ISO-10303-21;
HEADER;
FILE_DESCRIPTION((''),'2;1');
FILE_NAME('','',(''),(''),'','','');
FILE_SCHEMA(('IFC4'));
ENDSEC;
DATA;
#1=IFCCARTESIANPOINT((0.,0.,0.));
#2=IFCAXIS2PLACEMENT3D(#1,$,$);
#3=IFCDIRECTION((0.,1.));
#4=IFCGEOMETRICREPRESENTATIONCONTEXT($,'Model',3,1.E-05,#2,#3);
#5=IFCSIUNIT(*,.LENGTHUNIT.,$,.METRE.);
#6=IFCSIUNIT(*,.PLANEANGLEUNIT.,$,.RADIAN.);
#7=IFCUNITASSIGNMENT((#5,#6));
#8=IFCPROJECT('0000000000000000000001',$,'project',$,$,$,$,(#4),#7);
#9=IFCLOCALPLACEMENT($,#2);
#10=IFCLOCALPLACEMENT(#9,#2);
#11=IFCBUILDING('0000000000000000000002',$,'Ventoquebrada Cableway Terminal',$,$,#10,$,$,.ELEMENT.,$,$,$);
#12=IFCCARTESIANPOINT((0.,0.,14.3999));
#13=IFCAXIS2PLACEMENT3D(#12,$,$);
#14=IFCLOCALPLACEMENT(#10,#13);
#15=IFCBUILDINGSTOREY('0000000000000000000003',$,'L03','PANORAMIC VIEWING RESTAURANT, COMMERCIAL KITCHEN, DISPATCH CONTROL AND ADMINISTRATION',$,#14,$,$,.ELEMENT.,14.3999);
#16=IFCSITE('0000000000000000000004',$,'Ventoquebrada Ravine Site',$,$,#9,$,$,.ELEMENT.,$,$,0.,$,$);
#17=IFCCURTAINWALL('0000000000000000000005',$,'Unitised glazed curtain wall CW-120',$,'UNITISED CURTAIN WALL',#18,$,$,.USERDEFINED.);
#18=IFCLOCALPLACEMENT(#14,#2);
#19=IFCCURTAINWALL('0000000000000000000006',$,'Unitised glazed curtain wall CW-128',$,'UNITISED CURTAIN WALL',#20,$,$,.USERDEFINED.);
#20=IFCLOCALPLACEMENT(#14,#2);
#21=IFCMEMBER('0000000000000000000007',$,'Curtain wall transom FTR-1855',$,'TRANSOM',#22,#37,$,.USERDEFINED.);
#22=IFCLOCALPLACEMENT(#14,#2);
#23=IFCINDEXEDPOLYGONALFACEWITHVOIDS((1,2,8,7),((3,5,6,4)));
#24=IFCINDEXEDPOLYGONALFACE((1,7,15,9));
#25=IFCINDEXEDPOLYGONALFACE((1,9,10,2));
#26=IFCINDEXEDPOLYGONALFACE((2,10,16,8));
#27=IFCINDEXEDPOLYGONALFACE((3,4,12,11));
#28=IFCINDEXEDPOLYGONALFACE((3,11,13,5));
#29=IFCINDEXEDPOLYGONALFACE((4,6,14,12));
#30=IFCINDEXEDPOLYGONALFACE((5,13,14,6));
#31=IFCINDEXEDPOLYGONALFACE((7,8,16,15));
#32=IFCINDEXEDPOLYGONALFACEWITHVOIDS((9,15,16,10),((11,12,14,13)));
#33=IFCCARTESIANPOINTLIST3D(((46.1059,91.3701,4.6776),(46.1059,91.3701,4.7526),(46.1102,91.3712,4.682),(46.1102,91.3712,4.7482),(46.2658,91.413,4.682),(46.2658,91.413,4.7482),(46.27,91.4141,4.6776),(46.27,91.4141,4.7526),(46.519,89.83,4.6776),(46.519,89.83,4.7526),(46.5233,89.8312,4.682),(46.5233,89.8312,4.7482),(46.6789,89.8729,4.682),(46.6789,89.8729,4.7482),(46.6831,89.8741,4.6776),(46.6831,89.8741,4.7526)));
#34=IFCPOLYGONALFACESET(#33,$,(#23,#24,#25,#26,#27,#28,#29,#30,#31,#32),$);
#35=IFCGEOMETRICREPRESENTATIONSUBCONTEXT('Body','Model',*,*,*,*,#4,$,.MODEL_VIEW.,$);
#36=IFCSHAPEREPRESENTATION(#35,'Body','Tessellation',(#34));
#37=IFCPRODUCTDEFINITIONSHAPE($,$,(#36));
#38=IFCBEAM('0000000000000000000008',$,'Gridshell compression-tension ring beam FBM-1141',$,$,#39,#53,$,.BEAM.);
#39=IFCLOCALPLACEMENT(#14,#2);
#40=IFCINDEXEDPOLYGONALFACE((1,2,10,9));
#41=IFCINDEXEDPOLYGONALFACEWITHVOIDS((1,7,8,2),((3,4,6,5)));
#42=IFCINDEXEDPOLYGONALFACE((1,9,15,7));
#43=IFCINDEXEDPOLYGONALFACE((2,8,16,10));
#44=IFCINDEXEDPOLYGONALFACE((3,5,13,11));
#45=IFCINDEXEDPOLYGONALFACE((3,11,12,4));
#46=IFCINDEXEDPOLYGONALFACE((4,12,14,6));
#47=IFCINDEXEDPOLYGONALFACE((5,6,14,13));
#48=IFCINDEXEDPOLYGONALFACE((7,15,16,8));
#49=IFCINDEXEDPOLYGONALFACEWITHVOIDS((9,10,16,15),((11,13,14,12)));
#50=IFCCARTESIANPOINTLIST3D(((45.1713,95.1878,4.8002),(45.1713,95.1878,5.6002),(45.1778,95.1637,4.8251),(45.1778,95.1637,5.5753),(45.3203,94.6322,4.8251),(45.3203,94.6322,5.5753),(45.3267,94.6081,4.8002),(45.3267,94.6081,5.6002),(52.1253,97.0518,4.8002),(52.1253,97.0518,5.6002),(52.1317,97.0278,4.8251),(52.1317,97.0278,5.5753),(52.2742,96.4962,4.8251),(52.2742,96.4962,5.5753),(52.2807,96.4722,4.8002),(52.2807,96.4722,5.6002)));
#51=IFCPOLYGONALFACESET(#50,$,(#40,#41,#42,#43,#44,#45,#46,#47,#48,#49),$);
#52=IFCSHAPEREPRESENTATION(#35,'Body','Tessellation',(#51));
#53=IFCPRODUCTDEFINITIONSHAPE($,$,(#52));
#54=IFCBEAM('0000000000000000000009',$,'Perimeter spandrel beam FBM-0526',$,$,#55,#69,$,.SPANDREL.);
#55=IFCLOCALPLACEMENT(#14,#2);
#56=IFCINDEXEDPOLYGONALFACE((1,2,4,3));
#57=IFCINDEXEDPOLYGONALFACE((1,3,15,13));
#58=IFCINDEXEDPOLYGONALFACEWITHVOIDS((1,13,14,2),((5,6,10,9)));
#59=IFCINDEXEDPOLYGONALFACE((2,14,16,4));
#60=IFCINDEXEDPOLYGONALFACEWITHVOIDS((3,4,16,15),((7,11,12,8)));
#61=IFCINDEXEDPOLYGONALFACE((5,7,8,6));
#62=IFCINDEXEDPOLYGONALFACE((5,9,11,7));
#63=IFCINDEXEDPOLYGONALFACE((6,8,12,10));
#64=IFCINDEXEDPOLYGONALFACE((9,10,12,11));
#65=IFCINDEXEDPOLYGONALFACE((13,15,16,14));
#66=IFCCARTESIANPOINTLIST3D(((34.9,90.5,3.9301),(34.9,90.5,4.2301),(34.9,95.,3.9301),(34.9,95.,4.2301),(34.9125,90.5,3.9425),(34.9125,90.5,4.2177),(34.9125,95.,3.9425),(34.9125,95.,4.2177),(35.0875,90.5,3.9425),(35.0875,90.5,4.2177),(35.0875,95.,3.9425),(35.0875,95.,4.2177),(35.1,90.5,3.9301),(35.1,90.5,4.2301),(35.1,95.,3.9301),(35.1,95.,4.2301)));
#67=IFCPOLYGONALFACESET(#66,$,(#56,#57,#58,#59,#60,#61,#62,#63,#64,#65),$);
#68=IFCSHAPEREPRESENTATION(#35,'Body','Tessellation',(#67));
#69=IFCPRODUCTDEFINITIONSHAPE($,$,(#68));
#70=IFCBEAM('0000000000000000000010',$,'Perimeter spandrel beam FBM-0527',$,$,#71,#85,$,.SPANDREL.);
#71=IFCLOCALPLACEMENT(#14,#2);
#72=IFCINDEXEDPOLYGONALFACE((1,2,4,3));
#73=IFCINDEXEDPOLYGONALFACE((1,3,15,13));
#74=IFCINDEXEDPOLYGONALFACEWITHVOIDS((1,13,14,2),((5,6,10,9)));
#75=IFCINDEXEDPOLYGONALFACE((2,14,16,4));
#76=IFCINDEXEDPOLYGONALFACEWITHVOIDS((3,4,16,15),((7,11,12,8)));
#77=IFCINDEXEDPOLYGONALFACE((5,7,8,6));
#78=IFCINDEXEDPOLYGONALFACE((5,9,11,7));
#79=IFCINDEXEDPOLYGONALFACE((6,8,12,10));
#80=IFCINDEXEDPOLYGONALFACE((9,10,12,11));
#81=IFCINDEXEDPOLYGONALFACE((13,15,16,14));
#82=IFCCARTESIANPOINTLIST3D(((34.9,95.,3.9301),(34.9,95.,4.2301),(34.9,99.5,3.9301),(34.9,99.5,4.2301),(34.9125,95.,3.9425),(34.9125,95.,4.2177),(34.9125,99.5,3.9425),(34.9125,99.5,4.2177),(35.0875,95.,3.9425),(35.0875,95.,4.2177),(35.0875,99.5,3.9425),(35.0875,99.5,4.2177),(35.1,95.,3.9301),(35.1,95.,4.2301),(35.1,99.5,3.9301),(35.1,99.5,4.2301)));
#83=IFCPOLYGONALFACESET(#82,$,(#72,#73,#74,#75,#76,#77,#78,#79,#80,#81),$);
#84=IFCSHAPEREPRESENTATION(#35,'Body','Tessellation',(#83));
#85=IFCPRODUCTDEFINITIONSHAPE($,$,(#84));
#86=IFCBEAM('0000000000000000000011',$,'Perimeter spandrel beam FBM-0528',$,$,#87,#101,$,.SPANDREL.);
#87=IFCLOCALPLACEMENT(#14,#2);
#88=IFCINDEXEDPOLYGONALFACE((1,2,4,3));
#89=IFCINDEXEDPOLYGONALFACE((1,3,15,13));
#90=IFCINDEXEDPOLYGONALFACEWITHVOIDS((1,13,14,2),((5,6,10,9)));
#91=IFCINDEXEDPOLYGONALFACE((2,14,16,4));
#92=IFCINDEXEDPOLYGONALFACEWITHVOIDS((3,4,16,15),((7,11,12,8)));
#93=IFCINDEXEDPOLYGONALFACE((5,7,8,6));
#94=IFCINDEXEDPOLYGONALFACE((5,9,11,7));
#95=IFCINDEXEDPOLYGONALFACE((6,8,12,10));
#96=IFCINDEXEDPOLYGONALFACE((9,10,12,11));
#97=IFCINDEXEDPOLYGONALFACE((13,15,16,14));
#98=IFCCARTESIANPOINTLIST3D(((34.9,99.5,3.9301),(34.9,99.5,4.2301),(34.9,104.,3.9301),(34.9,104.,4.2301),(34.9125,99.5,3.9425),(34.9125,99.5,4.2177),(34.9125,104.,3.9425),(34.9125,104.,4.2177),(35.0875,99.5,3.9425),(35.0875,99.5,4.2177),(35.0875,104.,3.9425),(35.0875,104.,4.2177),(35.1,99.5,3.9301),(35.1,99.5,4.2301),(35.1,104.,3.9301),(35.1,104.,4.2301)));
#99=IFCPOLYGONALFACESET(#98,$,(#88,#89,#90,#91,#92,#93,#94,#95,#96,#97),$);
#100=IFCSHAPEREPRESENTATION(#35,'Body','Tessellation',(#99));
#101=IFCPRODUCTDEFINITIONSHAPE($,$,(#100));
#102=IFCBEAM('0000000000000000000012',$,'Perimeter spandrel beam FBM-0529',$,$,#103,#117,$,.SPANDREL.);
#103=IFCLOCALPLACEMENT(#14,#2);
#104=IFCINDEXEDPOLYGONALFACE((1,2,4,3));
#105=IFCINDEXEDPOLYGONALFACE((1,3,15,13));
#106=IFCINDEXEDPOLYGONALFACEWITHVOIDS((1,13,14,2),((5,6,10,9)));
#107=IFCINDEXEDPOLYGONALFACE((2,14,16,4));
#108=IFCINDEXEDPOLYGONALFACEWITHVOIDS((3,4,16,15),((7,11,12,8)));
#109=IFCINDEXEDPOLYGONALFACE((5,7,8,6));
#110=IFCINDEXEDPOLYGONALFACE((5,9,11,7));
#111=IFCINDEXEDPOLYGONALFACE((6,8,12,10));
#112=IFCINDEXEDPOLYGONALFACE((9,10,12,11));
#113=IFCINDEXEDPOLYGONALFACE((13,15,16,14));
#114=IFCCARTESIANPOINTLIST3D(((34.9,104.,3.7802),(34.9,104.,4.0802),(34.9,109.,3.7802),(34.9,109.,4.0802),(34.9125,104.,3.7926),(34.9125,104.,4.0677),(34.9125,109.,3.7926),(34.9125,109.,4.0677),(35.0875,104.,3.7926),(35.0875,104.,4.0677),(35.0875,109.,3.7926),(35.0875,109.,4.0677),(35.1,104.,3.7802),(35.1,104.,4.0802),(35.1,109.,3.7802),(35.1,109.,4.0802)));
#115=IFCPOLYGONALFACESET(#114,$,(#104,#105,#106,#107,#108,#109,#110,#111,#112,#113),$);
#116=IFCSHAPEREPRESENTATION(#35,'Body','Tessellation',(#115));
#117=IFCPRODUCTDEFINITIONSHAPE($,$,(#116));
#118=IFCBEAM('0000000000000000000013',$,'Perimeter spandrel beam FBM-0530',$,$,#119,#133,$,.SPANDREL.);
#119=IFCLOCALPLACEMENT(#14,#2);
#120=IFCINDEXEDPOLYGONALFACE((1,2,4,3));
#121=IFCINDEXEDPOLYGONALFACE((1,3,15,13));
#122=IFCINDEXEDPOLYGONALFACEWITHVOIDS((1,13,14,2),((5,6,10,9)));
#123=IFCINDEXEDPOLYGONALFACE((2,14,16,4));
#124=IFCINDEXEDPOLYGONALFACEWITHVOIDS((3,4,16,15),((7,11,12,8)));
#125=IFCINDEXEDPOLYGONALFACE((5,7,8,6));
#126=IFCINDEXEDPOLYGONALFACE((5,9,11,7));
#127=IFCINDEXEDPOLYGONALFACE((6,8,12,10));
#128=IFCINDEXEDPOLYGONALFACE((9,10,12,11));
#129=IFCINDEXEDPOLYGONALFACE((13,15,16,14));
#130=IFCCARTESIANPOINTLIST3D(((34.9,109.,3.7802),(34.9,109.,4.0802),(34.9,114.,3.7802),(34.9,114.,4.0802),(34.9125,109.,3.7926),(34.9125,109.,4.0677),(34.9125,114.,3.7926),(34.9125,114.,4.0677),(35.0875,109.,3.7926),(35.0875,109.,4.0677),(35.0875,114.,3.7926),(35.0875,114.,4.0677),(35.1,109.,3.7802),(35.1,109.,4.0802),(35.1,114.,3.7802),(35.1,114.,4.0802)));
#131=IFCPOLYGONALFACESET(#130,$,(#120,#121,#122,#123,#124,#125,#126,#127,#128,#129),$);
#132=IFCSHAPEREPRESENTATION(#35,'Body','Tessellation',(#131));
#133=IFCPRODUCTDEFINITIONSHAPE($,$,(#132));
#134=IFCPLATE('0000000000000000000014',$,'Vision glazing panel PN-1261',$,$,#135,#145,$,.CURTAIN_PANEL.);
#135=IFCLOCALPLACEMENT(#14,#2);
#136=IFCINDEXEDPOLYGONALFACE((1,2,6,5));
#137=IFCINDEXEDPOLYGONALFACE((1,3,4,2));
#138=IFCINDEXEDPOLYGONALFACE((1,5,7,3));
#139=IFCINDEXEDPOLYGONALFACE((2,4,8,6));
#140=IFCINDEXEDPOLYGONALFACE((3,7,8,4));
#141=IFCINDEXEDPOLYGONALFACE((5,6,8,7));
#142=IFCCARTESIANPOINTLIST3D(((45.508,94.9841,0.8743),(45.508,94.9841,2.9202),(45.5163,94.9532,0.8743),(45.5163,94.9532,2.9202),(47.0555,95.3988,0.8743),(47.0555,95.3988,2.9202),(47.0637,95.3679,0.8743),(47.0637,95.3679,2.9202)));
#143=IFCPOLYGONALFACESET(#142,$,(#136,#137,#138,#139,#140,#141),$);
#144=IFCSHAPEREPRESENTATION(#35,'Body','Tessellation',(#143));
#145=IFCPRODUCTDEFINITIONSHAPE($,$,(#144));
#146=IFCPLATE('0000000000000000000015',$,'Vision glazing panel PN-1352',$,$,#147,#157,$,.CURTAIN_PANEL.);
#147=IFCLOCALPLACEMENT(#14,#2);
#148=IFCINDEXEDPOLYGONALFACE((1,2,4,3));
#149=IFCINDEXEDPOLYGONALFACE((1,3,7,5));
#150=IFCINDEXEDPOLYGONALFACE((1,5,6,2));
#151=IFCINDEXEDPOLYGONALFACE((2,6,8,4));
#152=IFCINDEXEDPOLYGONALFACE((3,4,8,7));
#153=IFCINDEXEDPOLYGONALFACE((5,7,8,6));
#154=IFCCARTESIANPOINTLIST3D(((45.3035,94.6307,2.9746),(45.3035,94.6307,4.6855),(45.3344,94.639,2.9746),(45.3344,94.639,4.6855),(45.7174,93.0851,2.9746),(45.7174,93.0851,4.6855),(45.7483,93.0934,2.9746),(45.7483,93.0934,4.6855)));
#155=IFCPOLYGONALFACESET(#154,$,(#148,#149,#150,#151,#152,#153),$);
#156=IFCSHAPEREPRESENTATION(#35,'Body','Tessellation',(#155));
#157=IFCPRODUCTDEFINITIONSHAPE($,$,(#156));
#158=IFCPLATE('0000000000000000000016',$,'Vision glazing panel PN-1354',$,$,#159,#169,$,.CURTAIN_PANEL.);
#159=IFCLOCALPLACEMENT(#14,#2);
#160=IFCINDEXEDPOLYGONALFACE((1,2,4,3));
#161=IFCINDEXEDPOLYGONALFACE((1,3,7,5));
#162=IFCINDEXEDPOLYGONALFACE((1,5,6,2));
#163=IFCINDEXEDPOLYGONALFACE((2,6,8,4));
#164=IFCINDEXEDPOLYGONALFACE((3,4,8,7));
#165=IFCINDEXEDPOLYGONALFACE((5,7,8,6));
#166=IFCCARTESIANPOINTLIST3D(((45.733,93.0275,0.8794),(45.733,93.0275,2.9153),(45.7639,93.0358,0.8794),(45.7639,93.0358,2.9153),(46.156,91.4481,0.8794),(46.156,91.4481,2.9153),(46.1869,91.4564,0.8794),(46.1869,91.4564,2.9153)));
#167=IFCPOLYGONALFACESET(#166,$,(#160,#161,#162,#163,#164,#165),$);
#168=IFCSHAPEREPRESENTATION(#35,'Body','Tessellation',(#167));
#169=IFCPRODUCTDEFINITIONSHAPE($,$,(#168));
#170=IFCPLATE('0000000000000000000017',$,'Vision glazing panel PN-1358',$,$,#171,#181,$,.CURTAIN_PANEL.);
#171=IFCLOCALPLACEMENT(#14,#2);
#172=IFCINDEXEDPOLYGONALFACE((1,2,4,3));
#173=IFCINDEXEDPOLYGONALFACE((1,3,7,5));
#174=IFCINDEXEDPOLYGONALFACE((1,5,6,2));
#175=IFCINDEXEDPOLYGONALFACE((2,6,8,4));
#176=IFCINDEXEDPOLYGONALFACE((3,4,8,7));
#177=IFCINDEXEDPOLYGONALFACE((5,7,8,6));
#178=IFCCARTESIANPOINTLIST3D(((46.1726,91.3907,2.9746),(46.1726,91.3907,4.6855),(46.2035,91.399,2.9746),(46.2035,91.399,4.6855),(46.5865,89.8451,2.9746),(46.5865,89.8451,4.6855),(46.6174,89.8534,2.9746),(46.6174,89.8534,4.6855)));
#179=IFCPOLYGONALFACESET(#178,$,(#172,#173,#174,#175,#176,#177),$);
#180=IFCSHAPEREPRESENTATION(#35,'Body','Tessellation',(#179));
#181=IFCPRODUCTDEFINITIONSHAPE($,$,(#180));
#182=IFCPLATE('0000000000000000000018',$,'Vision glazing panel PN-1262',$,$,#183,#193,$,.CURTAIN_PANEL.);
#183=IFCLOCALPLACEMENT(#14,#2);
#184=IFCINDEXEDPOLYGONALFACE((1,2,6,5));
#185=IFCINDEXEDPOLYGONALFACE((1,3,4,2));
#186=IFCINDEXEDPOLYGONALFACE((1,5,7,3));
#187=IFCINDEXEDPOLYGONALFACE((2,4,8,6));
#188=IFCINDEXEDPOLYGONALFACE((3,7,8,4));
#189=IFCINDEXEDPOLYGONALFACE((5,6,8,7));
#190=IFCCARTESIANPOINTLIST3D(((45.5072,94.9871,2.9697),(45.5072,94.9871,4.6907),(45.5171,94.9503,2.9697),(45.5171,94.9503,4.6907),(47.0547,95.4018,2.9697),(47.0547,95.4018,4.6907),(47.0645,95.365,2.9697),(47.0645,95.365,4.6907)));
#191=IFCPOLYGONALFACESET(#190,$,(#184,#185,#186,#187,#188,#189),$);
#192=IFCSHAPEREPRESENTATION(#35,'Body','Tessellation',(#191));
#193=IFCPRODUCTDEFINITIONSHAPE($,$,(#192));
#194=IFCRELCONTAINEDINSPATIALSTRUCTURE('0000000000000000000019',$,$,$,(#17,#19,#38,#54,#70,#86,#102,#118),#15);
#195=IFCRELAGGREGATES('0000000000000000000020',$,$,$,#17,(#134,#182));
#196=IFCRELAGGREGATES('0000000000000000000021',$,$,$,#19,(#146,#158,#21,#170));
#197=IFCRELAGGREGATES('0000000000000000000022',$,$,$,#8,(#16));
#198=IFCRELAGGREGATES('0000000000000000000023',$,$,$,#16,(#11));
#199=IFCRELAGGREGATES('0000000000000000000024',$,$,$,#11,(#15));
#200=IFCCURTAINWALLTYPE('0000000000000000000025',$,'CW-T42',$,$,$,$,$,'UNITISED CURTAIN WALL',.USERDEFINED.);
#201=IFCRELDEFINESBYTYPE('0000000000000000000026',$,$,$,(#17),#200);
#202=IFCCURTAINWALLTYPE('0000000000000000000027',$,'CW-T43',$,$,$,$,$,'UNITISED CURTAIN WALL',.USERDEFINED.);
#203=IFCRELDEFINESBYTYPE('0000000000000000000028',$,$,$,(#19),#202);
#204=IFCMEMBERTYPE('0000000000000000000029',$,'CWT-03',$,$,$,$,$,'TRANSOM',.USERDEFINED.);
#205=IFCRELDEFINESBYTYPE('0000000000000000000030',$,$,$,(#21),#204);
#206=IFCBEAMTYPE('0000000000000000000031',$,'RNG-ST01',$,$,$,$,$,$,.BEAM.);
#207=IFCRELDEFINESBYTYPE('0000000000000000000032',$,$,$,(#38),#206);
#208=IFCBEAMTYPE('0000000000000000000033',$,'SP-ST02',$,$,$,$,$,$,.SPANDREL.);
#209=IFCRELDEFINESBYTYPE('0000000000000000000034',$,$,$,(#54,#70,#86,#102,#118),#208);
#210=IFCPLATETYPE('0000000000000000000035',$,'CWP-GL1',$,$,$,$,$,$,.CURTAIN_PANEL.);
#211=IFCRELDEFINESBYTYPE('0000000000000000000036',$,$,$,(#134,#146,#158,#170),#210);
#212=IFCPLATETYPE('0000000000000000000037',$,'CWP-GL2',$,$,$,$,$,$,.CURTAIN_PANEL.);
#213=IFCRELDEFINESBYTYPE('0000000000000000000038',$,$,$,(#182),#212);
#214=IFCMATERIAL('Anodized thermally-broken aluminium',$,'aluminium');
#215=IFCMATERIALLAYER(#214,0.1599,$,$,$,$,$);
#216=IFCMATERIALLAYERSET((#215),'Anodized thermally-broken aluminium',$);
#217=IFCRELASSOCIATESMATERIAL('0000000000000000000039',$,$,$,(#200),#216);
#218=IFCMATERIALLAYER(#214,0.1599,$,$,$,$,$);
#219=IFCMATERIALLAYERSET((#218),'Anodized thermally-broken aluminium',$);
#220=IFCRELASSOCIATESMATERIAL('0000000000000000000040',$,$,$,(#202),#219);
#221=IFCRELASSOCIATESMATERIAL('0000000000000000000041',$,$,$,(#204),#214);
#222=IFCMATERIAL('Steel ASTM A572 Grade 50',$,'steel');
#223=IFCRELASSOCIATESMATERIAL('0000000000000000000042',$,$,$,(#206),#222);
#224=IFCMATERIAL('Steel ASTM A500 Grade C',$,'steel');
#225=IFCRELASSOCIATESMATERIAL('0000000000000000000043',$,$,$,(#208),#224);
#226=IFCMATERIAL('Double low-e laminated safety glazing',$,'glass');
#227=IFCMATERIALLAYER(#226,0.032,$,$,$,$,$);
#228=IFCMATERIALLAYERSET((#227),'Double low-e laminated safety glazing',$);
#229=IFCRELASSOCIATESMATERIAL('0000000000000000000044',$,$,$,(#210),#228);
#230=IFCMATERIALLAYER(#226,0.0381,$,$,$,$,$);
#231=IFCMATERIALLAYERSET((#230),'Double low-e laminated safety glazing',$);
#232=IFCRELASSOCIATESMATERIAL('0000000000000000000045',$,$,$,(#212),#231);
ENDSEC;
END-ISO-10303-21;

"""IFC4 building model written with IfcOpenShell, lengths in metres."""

from ifc_helpers import new_model, si_unit, direction, frame, origin, origin_2d, place, context, subcontext, project, spatial, rectangle, hollow_rectangle, extrude, material, layer, layer_set, material_profile, profile_set, type_object, element, aggregate, save


model = new_model("IFC4")

# Units and contexts
model_context = context("Model", 3, precision=1e-05, world=origin(), true_north=direction((0.0, 1.0)))
body_context = subcontext(model_context, "Body", "Model", "MODEL_VIEW")
ifc_project = project(units=[si_unit("LENGTHUNIT", "METRE"), si_unit("PLANEANGLEUNIT", "RADIAN")], contexts=[model_context])

# Site, building, storey
site_placement = place(None, origin())
site = spatial("IfcSite", under=ifc_project, at=site_placement, Name="Ventoquebrada Ravine Site", CompositionType="ELEMENT", RefElevation=0.0)
building_placement = place(site_placement, origin())
building = spatial("IfcBuilding", under=site, at=building_placement, Name="Ventoquebrada Cableway Terminal", CompositionType="ELEMENT")
storey_placement = place(building_placement, frame((0.0, 0.0, 14.3999)))
storey = spatial("IfcBuildingStorey", under=building, at=storey_placement, Name="L03", Description="PANORAMIC VIEWING RESTAURANT, COMMERCIAL KITCHEN, DISPATCH CONTROL AND ADMINISTRATION", CompositionType="ELEMENT", Elevation=14.3999)

# Shared definitions
ifc_material_1 = material(Name="Steel ASTM A500 Grade C", Category="steel")

# Curtain wall
ifc_material_2 = material(Name="Anodized thermally-broken aluminium", Category="aluminium")
ifc_layer_1 = layer(ifc_material_2, 0.1599)
ifc_layer_set_1 = layer_set([ifc_layer_1], Name="Anodized thermally-broken aluminium")
curtain_wall_type_1 = type_object("IfcCurtainWallType", Name="CW-T42", ElementType="UNITISED CURTAIN WALL", PredefinedType="USERDEFINED", material=ifc_layer_set_1)
curtain_wall_1_placement = place(storey_placement, origin())
curtain_wall_1 = element("IfcCurtainWall", 1, at=curtain_wall_1_placement, inside=storey, type_object=curtain_wall_type_1, Name="Unitised glazed curtain wall CW-120", ObjectType="UNITISED CURTAIN WALL", PredefinedType="USERDEFINED")

# Curtain wall, member
ifc_layer_2 = layer(ifc_material_2, 0.1599)
ifc_layer_set_2 = layer_set([ifc_layer_2], Name="Anodized thermally-broken aluminium")
curtain_wall_type_2 = type_object("IfcCurtainWallType", Name="CW-T43", ElementType="UNITISED CURTAIN WALL", PredefinedType="USERDEFINED", material=ifc_layer_set_2)
curtain_wall_2_placement = place(storey_placement, origin())
curtain_wall_2 = element("IfcCurtainWall", 2, at=curtain_wall_2_placement, inside=storey, type_object=curtain_wall_type_2, Name="Unitised glazed curtain wall CW-128", ObjectType="UNITISED CURTAIN WALL", PredefinedType="USERDEFINED")
ifc_material_profile_1 = material_profile(ifc_material_2, hollow_rectangle(XDim=0.075, YDim=0.1699, WallThickness=0.0044, at=origin_2d()), Name="CW-TRN-75X170")
ifc_profile_set_1 = profile_set([ifc_material_profile_1], Name="Anodized thermally-broken aluminium")
member_type_1 = type_object("IfcMemberType", Name="CWT-03", ElementType="TRANSOM", PredefinedType="USERDEFINED", material=ifc_profile_set_1)
member_1_placement = place(storey_placement, frame((46.188, 91.3921, 4.7151), z_axis=(0.259073, -0.965858, 0.0), x_axis=(0.0, 0.0, 1.0)))
member_1 = element("IfcMember", 3, at=member_1_placement, type_object=member_type_1, Name="Curtain wall transom FTR-1855", ObjectType="TRANSOM", PredefinedType="USERDEFINED", context=body_context, shape_type="SweptSolid", body=[
    extrude(hollow_rectangle(XDim=0.075, YDim=0.1699, WallThickness=0.0044, at=origin_2d()), origin(), (0.0, 0.0, 1.0), 1.5945),
])

# Beams
ifc_material_3 = material(Name="Steel ASTM A572 Grade 50", Category="steel")
ifc_material_profile_2 = material_profile(ifc_material_3, hollow_rectangle(XDim=0.6001, YDim=0.8, WallThickness=0.0249, at=origin_2d()), Name="BOX600X800X25")
ifc_profile_set_2 = profile_set([ifc_material_profile_2], Name="Steel ASTM A572 Grade 50")
beam_type_1 = type_object("IfcBeamType", Name="RNG-ST01", PredefinedType="BEAM", material=ifc_profile_set_2)
beam_placement = place(storey_placement, frame((45.249, 94.8979, 5.2002), z_axis=(0.9659, 0.258914, 0.0), x_axis=(-0.258914, 0.9659, 0.0)))
element("IfcBeam", 4, at=beam_placement, inside=storey, type_object=beam_type_1, Name="Gridshell compression-tension ring beam FBM-1141", PredefinedType="BEAM", context=body_context, shape_type="SweptSolid", body=[
    extrude(hollow_rectangle(XDim=0.6001, YDim=0.8, WallThickness=0.0249, at=origin_2d()), origin(), (0.0, 0.0, 1.0), 7.1995),
])
ifc_material_profile_3 = material_profile(ifc_material_1, hollow_rectangle(XDim=0.2, YDim=0.3, WallThickness=0.0125, at=origin_2d()), Name="RHS300X200X12.5")
ifc_profile_set_3 = profile_set([ifc_material_profile_3], Name="Steel ASTM A500 Grade C")
beam_type_2 = type_object("IfcBeamType", Name="SP-ST02", PredefinedType="SPANDREL", material=ifc_profile_set_3)
for number, where, z_axis, x_axis, name in (
    (5, (35.0, 90.5, 4.0801), (0.0, 1.0, 0.0), (-1.0, 0.0, 0.0), "Perimeter spandrel beam FBM-0526"),
    (6, (35.0, 95.0, 4.0801), (0.0, 1.0, 0.0), (-1.0, 0.0, 0.0), "Perimeter spandrel beam FBM-0527"),
    (7, (35.0, 99.5, 4.0801), (0.0, 1.0, 0.0), (-1.0, 0.0, 0.0), "Perimeter spandrel beam FBM-0528"),
):
    element("IfcBeam", number, at=place(storey_placement, frame(where, z_axis=z_axis, x_axis=x_axis)), inside=storey, type_object=beam_type_2, Name=name, PredefinedType="SPANDREL", context=body_context, shape_type="SweptSolid", body=[
        extrude(hollow_rectangle(XDim=0.2, YDim=0.3, WallThickness=0.0125, at=origin_2d()), origin(), (0.0, 0.0, 1.0), 4.5),
    ])
for number, where, z_axis, x_axis, name in (
    (8, (35.0, 104.0, 3.9302), (0.0, 1.0, 0.0), (-1.0, 0.0, 0.0), "Perimeter spandrel beam FBM-0529"),
    (9, (35.0, 109.0, 3.9302), (0.0, 1.0, 0.0), (-1.0, 0.0, 0.0), "Perimeter spandrel beam FBM-0530"),
):
    element("IfcBeam", number, at=place(storey_placement, frame(where, z_axis=z_axis, x_axis=x_axis)), inside=storey, type_object=beam_type_2, Name=name, PredefinedType="SPANDREL", context=body_context, shape_type="SweptSolid", body=[
        extrude(hollow_rectangle(XDim=0.2, YDim=0.3, WallThickness=0.0125, at=origin_2d()), origin(), (0.0, 0.0, 1.0), 5.0),
    ])

# Plates
ifc_material_4 = material(Name="Double low-e laminated safety glazing", Category="glass")
ifc_layer_3 = layer(ifc_material_4, 0.032)
ifc_layer_set_3 = layer_set([ifc_layer_3], Name="Double low-e laminated safety glazing")
plate_type_1 = type_object("IfcPlateType", Name="CWP-GL1", PredefinedType="CURTAIN_PANEL", material=ifc_layer_set_3)
plate_1_placement = place(storey_placement, frame((46.2859, 95.176, 0.8743), z_axis=(0.0, 0.0, 1.0), x_axis=(-0.965912, -0.25887, 0.0)))
plate_1 = element("IfcPlate", 10, at=plate_1_placement, type_object=plate_type_1, Name="Vision glazing panel PN-1261", PredefinedType="CURTAIN_PANEL", context=body_context, shape_type="SweptSolid", body=[
    extrude(rectangle(XDim=1.6021, YDim=0.032, at=origin_2d()), origin(), (0.0, 0.0, 1.0), 2.0459),
])
plate_2_placement = place(storey_placement, frame((45.5259, 93.8621, 2.9746), z_axis=(0.0, 0.0, 1.0), x_axis=(0.258701, -0.965957, 0.0)))
plate_2 = element("IfcPlate", 11, at=plate_2_placement, type_object=plate_type_1, Name="Vision glazing panel PN-1352", PredefinedType="CURTAIN_PANEL", context=body_context, shape_type="SweptSolid", body=[
    extrude(rectangle(XDim=1.6001, YDim=0.032, at=origin_2d()), origin(), (0.0, 0.0, 1.0), 1.7109),
])
plate_3_placement = place(storey_placement, frame((45.96, 92.2419, 0.8794), z_axis=(0.0, 0.0, 1.0), x_axis=(0.258701, -0.965957, 0.0)))
plate_3 = element("IfcPlate", 12, at=plate_3_placement, type_object=plate_type_1, Name="Vision glazing panel PN-1354", PredefinedType="CURTAIN_PANEL", context=body_context, shape_type="SweptSolid", body=[
    extrude(rectangle(XDim=1.635, YDim=0.032, at=origin_2d()), origin(), (0.0, 0.0, 1.0), 2.0359),
])
plate_4_placement = place(storey_placement, frame((46.395, 90.6221, 2.9746), z_axis=(0.0, 0.0, 1.0), x_axis=(0.258701, -0.965957, 0.0)))
plate_4 = element("IfcPlate", 13, at=plate_4_placement, type_object=plate_type_1, Name="Vision glazing panel PN-1358", PredefinedType="CURTAIN_PANEL", context=body_context, shape_type="SweptSolid", body=[
    extrude(rectangle(XDim=1.6001, YDim=0.032, at=origin_2d()), origin(), (0.0, 0.0, 1.0), 1.7109),
])
ifc_layer_4 = layer(ifc_material_4, 0.0381)
ifc_layer_set_4 = layer_set([ifc_layer_4], Name="Double low-e laminated safety glazing")
plate_type_2 = type_object("IfcPlateType", Name="CWP-GL2", PredefinedType="CURTAIN_PANEL", material=ifc_layer_set_4)
plate_5_placement = place(storey_placement, frame((46.2859, 95.176, 2.9697), z_axis=(0.0, 0.0, 1.0), x_axis=(-0.965912, -0.25887, 0.0)))
plate_5 = element("IfcPlate", 14, at=plate_5_placement, type_object=plate_type_2, Name="Vision glazing panel PN-1262", PredefinedType="CURTAIN_PANEL", context=body_context, shape_type="SweptSolid", body=[
    extrude(rectangle(XDim=1.6021, YDim=0.0381, at=origin_2d()), origin(), (0.0, 0.0, 1.0), 1.7209),
])
aggregate(curtain_wall_1, [plate_1, plate_5])
aggregate(curtain_wall_2, [plate_2, plate_3, member_1, plate_4])

save(model, "model.ifc")
